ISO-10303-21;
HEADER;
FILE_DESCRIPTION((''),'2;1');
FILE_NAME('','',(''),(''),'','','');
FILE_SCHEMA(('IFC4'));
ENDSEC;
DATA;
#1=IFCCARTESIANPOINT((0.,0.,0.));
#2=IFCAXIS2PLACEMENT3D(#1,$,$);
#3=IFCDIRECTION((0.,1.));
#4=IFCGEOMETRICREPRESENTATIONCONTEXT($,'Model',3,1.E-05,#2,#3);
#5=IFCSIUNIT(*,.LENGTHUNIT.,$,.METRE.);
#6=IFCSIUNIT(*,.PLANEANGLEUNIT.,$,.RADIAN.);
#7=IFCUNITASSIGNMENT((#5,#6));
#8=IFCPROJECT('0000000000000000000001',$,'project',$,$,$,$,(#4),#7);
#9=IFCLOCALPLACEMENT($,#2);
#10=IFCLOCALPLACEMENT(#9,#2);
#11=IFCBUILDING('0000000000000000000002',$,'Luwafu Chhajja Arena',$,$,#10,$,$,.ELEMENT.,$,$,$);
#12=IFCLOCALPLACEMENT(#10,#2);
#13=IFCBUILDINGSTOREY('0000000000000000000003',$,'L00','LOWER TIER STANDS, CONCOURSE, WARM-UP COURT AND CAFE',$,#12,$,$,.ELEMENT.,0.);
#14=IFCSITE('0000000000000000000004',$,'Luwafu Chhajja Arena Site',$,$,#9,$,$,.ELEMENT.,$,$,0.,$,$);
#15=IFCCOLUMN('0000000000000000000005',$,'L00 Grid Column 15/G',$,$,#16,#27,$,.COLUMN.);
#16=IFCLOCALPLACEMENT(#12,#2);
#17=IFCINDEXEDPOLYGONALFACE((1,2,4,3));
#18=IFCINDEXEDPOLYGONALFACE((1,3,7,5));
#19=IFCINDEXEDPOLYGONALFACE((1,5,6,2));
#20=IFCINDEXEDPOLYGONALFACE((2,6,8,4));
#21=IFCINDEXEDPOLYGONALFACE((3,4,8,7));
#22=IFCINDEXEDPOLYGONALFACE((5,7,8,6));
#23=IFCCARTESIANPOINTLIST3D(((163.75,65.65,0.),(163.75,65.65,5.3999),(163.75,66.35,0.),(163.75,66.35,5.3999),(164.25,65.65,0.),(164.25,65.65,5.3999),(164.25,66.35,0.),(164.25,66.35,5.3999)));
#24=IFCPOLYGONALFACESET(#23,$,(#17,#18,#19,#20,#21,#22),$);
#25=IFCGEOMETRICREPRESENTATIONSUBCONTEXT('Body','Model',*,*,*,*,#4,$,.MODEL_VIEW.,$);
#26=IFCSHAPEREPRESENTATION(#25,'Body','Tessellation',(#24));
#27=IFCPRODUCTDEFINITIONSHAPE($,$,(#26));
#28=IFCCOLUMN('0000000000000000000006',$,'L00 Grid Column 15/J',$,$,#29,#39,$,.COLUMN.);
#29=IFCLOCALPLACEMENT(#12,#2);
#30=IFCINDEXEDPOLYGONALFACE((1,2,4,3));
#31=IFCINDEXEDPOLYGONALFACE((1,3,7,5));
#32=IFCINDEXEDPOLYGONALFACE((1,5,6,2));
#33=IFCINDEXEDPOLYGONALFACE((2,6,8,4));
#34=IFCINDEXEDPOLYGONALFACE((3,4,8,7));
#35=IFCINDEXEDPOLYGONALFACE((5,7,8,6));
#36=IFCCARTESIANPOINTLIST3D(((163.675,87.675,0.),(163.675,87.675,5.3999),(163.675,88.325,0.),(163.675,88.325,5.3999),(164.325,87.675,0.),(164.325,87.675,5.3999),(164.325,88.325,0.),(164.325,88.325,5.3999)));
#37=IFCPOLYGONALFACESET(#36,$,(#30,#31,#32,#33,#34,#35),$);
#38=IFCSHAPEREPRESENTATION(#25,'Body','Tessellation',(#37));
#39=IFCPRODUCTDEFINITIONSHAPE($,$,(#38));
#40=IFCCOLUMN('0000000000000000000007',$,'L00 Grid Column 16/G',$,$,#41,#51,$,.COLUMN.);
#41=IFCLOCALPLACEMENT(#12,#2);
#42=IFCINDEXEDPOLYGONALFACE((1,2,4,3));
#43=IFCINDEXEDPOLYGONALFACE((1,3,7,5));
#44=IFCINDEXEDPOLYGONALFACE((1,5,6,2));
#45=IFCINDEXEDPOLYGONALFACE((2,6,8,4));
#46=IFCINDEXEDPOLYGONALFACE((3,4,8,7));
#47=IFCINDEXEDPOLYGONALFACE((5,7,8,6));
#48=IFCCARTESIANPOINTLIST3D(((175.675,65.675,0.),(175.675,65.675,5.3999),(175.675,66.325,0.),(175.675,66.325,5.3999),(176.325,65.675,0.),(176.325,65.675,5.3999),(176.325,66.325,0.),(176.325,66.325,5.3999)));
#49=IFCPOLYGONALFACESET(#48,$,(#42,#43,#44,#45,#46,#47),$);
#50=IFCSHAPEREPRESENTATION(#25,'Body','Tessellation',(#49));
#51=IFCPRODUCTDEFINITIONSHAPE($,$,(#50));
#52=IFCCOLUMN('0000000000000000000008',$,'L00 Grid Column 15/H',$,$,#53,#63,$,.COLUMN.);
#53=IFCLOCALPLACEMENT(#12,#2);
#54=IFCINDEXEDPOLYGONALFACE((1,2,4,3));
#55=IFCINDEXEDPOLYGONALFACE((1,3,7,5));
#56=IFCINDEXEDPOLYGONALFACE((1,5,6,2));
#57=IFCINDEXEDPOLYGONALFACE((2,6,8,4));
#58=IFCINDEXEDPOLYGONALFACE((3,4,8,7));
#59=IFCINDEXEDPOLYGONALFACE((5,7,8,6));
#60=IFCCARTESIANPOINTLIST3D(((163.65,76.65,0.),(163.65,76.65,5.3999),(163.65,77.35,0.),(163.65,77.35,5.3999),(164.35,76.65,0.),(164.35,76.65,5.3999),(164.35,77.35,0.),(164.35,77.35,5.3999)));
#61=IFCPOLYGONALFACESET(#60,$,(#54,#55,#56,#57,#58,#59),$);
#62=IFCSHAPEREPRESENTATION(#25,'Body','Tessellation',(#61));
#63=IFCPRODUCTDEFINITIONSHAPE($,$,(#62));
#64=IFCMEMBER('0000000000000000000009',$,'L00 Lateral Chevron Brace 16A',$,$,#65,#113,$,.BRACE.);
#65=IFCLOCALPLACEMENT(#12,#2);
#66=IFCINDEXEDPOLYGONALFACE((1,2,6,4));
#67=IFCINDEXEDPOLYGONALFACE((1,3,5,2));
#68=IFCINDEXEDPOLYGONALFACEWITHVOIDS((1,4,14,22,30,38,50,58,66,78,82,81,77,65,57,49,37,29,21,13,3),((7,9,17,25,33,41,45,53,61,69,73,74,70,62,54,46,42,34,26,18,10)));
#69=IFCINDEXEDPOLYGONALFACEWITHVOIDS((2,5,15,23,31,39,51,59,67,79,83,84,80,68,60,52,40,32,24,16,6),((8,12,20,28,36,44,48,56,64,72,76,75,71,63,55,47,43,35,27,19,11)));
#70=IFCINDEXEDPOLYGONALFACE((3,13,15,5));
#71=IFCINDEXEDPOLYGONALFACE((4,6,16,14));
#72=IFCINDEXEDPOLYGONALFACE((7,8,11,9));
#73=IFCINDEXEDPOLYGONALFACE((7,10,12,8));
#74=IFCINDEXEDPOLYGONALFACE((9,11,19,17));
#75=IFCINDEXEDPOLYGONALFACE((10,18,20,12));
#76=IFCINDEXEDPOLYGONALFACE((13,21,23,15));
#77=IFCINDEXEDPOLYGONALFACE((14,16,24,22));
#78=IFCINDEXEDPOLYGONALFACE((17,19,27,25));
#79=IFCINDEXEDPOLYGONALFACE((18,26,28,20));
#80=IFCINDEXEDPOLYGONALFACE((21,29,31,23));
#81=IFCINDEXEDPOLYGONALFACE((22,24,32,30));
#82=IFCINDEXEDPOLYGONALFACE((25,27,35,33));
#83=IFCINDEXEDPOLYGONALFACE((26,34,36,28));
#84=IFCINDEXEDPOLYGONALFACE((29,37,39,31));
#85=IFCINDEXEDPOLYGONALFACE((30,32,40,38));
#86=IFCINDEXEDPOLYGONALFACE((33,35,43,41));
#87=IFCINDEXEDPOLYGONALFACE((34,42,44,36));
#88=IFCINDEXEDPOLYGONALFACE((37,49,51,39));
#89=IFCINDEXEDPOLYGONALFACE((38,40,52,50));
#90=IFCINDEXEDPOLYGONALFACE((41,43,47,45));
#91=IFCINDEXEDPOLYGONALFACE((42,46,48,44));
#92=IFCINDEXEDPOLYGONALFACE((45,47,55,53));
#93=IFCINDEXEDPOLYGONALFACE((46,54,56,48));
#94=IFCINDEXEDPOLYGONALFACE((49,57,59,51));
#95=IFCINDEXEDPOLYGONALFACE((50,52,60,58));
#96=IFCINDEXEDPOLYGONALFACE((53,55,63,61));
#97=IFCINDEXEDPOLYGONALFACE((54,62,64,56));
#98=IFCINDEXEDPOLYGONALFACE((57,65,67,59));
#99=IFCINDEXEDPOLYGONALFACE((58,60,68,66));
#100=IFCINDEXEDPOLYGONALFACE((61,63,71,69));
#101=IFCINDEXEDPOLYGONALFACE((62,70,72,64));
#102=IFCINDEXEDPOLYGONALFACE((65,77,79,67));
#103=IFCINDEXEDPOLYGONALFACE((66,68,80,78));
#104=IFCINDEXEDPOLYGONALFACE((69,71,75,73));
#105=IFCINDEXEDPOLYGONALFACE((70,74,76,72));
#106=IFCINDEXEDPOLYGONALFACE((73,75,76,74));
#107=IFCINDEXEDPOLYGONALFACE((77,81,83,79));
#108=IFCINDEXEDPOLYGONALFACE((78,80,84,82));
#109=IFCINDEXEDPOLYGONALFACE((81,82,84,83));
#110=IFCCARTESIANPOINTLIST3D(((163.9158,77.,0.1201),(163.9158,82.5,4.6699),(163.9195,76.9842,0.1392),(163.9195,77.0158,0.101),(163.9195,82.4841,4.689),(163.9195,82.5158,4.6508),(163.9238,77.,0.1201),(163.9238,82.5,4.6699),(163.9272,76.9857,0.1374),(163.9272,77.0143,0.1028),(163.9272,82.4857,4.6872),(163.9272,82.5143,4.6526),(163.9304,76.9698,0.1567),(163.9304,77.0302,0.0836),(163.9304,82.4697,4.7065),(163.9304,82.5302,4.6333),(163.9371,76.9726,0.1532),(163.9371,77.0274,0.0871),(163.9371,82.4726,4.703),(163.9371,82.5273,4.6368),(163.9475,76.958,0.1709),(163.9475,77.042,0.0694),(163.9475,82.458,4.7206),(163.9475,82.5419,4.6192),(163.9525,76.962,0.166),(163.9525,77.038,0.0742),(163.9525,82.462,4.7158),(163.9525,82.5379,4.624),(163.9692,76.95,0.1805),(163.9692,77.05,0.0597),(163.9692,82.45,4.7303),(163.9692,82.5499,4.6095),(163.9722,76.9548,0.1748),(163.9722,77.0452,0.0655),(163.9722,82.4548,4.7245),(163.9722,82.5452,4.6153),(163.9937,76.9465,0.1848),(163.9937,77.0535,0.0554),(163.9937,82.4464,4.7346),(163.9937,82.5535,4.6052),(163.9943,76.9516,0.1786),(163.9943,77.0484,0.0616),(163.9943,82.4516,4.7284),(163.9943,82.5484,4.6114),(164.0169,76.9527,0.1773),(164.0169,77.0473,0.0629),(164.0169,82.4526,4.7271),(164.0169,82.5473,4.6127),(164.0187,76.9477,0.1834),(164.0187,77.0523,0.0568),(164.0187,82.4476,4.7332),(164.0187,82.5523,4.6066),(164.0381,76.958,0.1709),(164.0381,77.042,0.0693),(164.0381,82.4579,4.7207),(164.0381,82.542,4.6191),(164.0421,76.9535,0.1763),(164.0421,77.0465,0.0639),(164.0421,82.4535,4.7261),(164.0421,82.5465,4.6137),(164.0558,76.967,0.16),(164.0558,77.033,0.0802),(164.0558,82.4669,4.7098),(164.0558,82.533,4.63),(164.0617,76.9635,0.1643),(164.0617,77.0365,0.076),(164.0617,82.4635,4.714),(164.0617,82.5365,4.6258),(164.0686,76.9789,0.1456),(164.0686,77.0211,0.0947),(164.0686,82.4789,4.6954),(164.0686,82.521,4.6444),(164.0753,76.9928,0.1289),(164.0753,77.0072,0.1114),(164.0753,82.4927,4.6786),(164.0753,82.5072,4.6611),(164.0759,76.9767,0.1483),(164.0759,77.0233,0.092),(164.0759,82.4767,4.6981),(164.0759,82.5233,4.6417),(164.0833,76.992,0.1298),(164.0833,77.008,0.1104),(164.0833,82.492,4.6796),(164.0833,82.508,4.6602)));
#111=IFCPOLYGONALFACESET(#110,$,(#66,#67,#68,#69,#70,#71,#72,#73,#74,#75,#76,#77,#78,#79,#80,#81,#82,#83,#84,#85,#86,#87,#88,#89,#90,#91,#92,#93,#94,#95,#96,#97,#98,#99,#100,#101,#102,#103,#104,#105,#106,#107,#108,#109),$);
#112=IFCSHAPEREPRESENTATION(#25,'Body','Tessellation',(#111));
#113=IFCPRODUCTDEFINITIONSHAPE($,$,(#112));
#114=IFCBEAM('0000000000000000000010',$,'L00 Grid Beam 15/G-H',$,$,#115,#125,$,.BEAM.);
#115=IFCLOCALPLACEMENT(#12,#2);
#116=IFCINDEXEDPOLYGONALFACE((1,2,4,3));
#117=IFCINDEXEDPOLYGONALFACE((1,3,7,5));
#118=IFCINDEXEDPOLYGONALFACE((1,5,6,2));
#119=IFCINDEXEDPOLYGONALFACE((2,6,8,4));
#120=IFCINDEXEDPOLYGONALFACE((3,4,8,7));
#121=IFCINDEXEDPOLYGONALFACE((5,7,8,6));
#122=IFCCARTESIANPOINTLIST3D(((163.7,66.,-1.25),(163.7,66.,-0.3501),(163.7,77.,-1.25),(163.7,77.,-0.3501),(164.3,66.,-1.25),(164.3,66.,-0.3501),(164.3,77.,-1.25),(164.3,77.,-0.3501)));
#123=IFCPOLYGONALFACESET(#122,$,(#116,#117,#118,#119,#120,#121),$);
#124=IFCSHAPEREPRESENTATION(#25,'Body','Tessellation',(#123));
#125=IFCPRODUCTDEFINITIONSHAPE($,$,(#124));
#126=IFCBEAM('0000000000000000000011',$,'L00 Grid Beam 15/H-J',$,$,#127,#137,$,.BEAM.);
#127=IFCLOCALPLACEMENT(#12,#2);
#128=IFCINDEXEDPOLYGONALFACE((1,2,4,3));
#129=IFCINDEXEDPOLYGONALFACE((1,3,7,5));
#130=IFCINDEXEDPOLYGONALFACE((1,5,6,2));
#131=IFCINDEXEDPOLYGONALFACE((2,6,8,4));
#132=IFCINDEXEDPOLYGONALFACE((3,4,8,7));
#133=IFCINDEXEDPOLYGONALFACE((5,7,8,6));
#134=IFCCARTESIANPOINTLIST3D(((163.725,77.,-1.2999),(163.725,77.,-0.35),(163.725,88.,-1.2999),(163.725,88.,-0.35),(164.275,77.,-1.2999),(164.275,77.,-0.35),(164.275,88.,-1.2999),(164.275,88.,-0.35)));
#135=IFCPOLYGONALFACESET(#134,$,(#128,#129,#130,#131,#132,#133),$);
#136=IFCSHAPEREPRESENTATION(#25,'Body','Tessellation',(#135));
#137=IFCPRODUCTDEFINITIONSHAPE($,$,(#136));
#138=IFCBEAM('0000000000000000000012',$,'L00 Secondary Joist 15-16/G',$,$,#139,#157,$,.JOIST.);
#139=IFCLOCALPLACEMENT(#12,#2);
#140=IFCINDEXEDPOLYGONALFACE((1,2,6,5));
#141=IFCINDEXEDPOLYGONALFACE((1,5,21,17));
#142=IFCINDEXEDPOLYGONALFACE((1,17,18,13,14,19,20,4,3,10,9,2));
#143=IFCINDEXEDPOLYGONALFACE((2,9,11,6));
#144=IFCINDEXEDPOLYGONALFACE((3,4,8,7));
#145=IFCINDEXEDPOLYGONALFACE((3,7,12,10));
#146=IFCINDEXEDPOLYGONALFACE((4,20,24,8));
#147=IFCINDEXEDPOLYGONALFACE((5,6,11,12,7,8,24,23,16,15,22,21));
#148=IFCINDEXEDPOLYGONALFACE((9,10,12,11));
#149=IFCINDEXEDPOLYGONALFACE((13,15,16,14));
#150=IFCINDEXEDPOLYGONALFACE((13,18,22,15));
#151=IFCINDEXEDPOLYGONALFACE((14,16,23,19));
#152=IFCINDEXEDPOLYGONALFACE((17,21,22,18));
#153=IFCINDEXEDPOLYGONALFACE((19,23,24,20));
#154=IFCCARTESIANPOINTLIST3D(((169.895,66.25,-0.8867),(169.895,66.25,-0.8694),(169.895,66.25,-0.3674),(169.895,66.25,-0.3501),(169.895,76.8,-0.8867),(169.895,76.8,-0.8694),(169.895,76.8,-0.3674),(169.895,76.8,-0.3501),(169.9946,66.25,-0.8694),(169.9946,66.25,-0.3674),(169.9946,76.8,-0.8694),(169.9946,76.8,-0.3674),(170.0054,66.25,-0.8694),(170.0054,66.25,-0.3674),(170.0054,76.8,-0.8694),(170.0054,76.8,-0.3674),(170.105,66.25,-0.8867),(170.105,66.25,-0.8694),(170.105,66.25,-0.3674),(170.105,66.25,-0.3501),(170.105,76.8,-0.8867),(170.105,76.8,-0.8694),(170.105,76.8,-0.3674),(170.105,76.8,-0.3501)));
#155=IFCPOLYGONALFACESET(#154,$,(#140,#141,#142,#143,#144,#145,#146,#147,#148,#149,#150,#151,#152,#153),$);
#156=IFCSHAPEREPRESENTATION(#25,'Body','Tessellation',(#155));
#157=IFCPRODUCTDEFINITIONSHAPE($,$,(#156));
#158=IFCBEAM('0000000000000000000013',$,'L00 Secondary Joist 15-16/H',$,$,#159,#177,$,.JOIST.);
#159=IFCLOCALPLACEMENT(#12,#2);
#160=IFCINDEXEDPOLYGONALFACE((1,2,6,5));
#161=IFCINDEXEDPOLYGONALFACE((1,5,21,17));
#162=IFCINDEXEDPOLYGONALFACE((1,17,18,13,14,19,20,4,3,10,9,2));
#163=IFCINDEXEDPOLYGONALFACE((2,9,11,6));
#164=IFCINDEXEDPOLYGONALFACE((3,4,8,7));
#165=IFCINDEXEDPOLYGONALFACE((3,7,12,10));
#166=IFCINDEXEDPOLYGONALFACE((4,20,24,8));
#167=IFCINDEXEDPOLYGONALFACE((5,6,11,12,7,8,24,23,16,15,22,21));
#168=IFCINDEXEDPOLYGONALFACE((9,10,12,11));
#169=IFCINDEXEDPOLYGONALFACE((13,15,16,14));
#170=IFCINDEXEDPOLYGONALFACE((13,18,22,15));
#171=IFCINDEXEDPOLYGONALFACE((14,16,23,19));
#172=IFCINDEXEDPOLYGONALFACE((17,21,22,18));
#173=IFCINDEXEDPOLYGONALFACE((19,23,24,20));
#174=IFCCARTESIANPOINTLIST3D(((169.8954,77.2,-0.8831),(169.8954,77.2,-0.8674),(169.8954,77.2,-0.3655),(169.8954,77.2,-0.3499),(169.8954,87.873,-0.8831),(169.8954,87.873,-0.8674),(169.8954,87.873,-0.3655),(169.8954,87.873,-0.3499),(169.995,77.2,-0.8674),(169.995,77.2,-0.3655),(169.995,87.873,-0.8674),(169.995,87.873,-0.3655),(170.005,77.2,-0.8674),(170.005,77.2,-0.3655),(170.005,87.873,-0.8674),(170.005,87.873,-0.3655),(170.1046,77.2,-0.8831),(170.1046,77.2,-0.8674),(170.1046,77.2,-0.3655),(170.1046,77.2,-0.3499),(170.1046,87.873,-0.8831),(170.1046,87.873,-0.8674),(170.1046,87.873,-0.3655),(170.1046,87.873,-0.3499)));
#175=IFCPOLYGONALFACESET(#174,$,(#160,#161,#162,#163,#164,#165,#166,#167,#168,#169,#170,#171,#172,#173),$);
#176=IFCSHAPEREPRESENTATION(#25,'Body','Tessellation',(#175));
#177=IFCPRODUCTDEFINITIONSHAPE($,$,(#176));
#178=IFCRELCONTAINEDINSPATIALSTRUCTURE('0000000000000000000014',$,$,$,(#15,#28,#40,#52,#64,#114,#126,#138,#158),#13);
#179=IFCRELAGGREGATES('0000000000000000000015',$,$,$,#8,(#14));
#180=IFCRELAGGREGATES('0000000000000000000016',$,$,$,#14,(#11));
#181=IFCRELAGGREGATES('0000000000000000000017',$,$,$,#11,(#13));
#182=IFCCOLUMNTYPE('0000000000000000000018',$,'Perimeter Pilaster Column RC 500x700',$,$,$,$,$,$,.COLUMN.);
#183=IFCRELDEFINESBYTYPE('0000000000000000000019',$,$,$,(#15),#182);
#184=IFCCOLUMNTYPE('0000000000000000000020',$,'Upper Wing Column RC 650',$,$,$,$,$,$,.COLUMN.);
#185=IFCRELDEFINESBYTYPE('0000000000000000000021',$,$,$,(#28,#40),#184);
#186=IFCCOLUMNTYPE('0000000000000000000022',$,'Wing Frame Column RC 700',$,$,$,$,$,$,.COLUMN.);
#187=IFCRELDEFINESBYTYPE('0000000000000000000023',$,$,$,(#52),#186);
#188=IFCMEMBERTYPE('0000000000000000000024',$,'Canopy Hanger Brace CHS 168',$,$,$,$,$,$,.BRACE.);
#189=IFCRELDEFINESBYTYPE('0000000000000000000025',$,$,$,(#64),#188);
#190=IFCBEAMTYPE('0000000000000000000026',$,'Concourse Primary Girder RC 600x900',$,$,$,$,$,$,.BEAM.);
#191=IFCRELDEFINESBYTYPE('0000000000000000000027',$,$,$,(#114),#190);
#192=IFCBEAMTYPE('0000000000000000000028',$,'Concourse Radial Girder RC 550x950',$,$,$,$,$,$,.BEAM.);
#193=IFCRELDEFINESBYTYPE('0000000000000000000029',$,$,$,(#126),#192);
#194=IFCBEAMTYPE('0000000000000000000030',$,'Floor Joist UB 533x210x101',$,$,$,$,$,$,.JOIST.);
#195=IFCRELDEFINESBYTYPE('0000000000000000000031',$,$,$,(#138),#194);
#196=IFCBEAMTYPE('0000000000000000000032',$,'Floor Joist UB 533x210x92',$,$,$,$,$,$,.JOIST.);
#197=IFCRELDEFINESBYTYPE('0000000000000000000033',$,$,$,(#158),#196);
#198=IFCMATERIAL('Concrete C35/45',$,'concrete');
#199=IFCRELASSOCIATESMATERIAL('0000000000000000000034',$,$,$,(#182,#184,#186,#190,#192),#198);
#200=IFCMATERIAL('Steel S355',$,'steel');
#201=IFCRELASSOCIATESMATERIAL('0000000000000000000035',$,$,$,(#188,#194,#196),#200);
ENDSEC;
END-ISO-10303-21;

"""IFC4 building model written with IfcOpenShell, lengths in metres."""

from ifc_helpers import new_model, si_unit, direction, frame, origin, origin_2d, place, context, subcontext, project, spatial, rectangle, hollow_circle, i_section, extrude, material, material_profile, profile_set, type_object, element, save


model = new_model("IFC4")

# Units and contexts
model_context = context("Model", 3, precision=1e-05, world=origin(), true_north=direction((0.0, 1.0)))
body_context = subcontext(model_context, "Body", "Model", "MODEL_VIEW")
ifc_project = project(units=[si_unit("LENGTHUNIT", "METRE"), si_unit("PLANEANGLEUNIT", "RADIAN")], contexts=[model_context])

# Site, building, storey
site_placement = place(None, origin())
site = spatial("IfcSite", under=ifc_project, at=site_placement, Name="Luwafu Chhajja Arena Site", CompositionType="ELEMENT", RefElevation=0.0)
building_placement = place(site_placement, origin())
building = spatial("IfcBuilding", under=site, at=building_placement, Name="Luwafu Chhajja Arena", CompositionType="ELEMENT")
storey_placement = place(building_placement, origin())
storey = spatial("IfcBuildingStorey", under=building, at=storey_placement, Name="L00", Description="LOWER TIER STANDS, CONCOURSE, WARM-UP COURT AND CAFE", CompositionType="ELEMENT", Elevation=0.0)

# Columns
ifc_material_1 = material(Name="Concrete C35/45", Category="concrete")
ifc_material_profile_1 = material_profile(ifc_material_1, rectangle(XDim=0.5, YDim=0.7, at=origin_2d()), Name="RC 500x700")
ifc_profile_set_1 = profile_set([ifc_material_profile_1], Name="Concrete C35/45")
column_type_1 = type_object("IfcColumnType", Name="Perimeter Pilaster Column RC 500x700", PredefinedType="COLUMN", material=ifc_profile_set_1)
column_1_placement = place(storey_placement, frame((164.0, 66.0, 0.0), z_axis=(0.0, 0.0, 1.0), x_axis=(1.0, 0.0, 0.0)))
element("IfcColumn", 1, at=column_1_placement, inside=storey, type_object=column_type_1, Name="L00 Grid Column 15/G", PredefinedType="COLUMN", context=body_context, shape_type="SweptSolid", body=[
    extrude(rectangle(XDim=0.5, YDim=0.7, at=origin_2d()), origin(), (0.0, 0.0, 1.0), 5.3999),
])
ifc_material_profile_2 = material_profile(ifc_material_1, rectangle(XDim=0.6499, YDim=0.6499, at=origin_2d()), Name="RC 650x650")
ifc_profile_set_2 = profile_set([ifc_material_profile_2], Name="Concrete C35/45")
column_type_2 = type_object("IfcColumnType", Name="Upper Wing Column RC 650", PredefinedType="COLUMN", material=ifc_profile_set_2)
for number, where, z_axis, x_axis, name in (
    (2, (164.0, 88.0, 0.0), (0.0, 0.0, 1.0), (1.0, 0.0, 0.0), "L00 Grid Column 15/J"),
    (3, (176.0, 66.0, 0.0), (0.0, 0.0, 1.0), (1.0, 0.0, 0.0), "L00 Grid Column 16/G"),
):
    element("IfcColumn", number, at=place(storey_placement, frame(where, z_axis=z_axis, x_axis=x_axis)), inside=storey, type_object=column_type_2, Name=name, PredefinedType="COLUMN", context=body_context, shape_type="SweptSolid", body=[
        extrude(rectangle(XDim=0.6499, YDim=0.6499, at=origin_2d()), origin(), (0.0, 0.0, 1.0), 5.3999),
    ])
ifc_material_profile_3 = material_profile(ifc_material_1, rectangle(XDim=0.7, YDim=0.7, at=origin_2d()), Name="RC 700x700")
ifc_profile_set_3 = profile_set([ifc_material_profile_3], Name="Concrete C35/45")
column_type_3 = type_object("IfcColumnType", Name="Wing Frame Column RC 700", PredefinedType="COLUMN", material=ifc_profile_set_3)
column_2_placement = place(storey_placement, frame((164.0, 77.0, 0.0), z_axis=(0.0, 0.0, 1.0), x_axis=(1.0, 0.0, 0.0)))
element("IfcColumn", 4, at=column_2_placement, inside=storey, type_object=column_type_3, Name="L00 Grid Column 15/H", PredefinedType="COLUMN", context=body_context, shape_type="SweptSolid", body=[
    extrude(rectangle(XDim=0.7, YDim=0.7, at=origin_2d()), origin(), (0.0, 0.0, 1.0), 5.3999),
])

# Member
ifc_material_2 = material(Name="Steel S355", Category="steel")
ifc_material_profile_4 = material_profile(ifc_material_2, hollow_circle(Radius=0.0842, WallThickness=0.0081, at=origin_2d()), Name="CHS 168.3x8")
ifc_profile_set_4 = profile_set([ifc_material_profile_4], Name="Steel S355")
member_type = type_object("IfcMemberType", Name="Canopy Hanger Brace CHS 168", PredefinedType="BRACE", material=ifc_profile_set_4)
member_placement = place(storey_placement, frame((164.0, 77.0, 0.1201), z_axis=(0.0, 0.770526, 0.637408), x_axis=(-1.0, 0.0, 0.0)))
element("IfcMember", 5, at=member_placement, inside=storey, type_object=member_type, Name="L00 Lateral Chevron Brace 16A", PredefinedType="BRACE", context=body_context, shape_type="SweptSolid", body=[
    extrude(hollow_circle(Radius=0.0842, WallThickness=0.0081, at=origin_2d()), origin(), (0.0, 0.0, 1.0), 7.1379),
])

# Beams
ifc_material_profile_5 = material_profile(ifc_material_1, rectangle(XDim=0.6001, YDim=0.8999, at=origin_2d()), Name="RC 600x900")
ifc_profile_set_5 = profile_set([ifc_material_profile_5], Name="Concrete C35/45")
beam_type_1 = type_object("IfcBeamType", Name="Concourse Primary Girder RC 600x900", PredefinedType="BEAM", material=ifc_profile_set_5)
beam_1_placement = place(storey_placement, frame((164.0, 66.0, -0.8), z_axis=(0.0, 1.0, 0.0), x_axis=(-1.0, 0.0, 0.0)))
element("IfcBeam", 6, at=beam_1_placement, inside=storey, type_object=beam_type_1, Name="L00 Grid Beam 15/G-H", PredefinedType="BEAM", context=body_context, shape_type="SweptSolid", body=[
    extrude(rectangle(XDim=0.6001, YDim=0.8999, at=origin_2d()), origin(), (0.0, 0.0, 1.0), 11.0),
])
ifc_material_profile_6 = material_profile(ifc_material_1, rectangle(XDim=0.55, YDim=0.95, at=origin_2d()), Name="RC 550x950")
ifc_profile_set_6 = profile_set([ifc_material_profile_6], Name="Concrete C35/45")
beam_type_2 = type_object("IfcBeamType", Name="Concourse Radial Girder RC 550x950", PredefinedType="BEAM", material=ifc_profile_set_6)
beam_2_placement = place(storey_placement, frame((164.0, 77.0, -0.825), z_axis=(0.0, 1.0, 0.0), x_axis=(-1.0, 0.0, 0.0)))
element("IfcBeam", 7, at=beam_2_placement, inside=storey, type_object=beam_type_2, Name="L00 Grid Beam 15/H-J", PredefinedType="BEAM", context=body_context, shape_type="SweptSolid", body=[
    extrude(rectangle(XDim=0.55, YDim=0.95, at=origin_2d()), origin(), (0.0, 0.0, 1.0), 11.0),
])
ifc_material_profile_7 = material_profile(ifc_material_2, i_section(OverallWidth=0.21, OverallDepth=0.5366, WebThickness=0.0107, FlangeThickness=0.0173, at=origin_2d()), Name="UB 533x210x101")
ifc_profile_set_7 = profile_set([ifc_material_profile_7], Name="Steel S355")
beam_type_3 = type_object("IfcBeamType", Name="Floor Joist UB 533x210x101", PredefinedType="JOIST", material=ifc_profile_set_7)
beam_3_placement = place(storey_placement, frame((170.0, 66.25, -0.6184), z_axis=(0.0, 1.0, 0.0), x_axis=(-1.0, 0.0, 0.0)))
element("IfcBeam", 8, at=beam_3_placement, inside=storey, type_object=beam_type_3, Name="L00 Secondary Joist 15-16/G", PredefinedType="JOIST", context=body_context, shape_type="SweptSolid", body=[
    extrude(i_section(OverallWidth=0.21, OverallDepth=0.5366, WebThickness=0.0107, FlangeThickness=0.0173, at=origin_2d()), origin(), (0.0, 0.0, 1.0), 10.55),
])
ifc_material_profile_8 = material_profile(ifc_material_2, i_section(OverallWidth=0.2092, OverallDepth=0.5332, WebThickness=0.01, FlangeThickness=0.0156, at=origin_2d()), Name="UB 533x210x92")
ifc_profile_set_8 = profile_set([ifc_material_profile_8], Name="Steel S355")
beam_type_4 = type_object("IfcBeamType", Name="Floor Joist UB 533x210x92", PredefinedType="JOIST", material=ifc_profile_set_8)
beam_4_placement = place(storey_placement, frame((170.0, 77.2, -0.6165), z_axis=(0.0, 1.0, 0.0), x_axis=(-1.0, 0.0, 0.0)))
element("IfcBeam", 9, at=beam_4_placement, inside=storey, type_object=beam_type_4, Name="L00 Secondary Joist 15-16/H", PredefinedType="JOIST", context=body_context, shape_type="SweptSolid", body=[
    extrude(i_section(OverallWidth=0.2092, OverallDepth=0.5332, WebThickness=0.01, FlangeThickness=0.0156, at=origin_2d()), origin(), (0.0, 0.0, 1.0), 10.6731),
])

save(model, "model.ifc")
